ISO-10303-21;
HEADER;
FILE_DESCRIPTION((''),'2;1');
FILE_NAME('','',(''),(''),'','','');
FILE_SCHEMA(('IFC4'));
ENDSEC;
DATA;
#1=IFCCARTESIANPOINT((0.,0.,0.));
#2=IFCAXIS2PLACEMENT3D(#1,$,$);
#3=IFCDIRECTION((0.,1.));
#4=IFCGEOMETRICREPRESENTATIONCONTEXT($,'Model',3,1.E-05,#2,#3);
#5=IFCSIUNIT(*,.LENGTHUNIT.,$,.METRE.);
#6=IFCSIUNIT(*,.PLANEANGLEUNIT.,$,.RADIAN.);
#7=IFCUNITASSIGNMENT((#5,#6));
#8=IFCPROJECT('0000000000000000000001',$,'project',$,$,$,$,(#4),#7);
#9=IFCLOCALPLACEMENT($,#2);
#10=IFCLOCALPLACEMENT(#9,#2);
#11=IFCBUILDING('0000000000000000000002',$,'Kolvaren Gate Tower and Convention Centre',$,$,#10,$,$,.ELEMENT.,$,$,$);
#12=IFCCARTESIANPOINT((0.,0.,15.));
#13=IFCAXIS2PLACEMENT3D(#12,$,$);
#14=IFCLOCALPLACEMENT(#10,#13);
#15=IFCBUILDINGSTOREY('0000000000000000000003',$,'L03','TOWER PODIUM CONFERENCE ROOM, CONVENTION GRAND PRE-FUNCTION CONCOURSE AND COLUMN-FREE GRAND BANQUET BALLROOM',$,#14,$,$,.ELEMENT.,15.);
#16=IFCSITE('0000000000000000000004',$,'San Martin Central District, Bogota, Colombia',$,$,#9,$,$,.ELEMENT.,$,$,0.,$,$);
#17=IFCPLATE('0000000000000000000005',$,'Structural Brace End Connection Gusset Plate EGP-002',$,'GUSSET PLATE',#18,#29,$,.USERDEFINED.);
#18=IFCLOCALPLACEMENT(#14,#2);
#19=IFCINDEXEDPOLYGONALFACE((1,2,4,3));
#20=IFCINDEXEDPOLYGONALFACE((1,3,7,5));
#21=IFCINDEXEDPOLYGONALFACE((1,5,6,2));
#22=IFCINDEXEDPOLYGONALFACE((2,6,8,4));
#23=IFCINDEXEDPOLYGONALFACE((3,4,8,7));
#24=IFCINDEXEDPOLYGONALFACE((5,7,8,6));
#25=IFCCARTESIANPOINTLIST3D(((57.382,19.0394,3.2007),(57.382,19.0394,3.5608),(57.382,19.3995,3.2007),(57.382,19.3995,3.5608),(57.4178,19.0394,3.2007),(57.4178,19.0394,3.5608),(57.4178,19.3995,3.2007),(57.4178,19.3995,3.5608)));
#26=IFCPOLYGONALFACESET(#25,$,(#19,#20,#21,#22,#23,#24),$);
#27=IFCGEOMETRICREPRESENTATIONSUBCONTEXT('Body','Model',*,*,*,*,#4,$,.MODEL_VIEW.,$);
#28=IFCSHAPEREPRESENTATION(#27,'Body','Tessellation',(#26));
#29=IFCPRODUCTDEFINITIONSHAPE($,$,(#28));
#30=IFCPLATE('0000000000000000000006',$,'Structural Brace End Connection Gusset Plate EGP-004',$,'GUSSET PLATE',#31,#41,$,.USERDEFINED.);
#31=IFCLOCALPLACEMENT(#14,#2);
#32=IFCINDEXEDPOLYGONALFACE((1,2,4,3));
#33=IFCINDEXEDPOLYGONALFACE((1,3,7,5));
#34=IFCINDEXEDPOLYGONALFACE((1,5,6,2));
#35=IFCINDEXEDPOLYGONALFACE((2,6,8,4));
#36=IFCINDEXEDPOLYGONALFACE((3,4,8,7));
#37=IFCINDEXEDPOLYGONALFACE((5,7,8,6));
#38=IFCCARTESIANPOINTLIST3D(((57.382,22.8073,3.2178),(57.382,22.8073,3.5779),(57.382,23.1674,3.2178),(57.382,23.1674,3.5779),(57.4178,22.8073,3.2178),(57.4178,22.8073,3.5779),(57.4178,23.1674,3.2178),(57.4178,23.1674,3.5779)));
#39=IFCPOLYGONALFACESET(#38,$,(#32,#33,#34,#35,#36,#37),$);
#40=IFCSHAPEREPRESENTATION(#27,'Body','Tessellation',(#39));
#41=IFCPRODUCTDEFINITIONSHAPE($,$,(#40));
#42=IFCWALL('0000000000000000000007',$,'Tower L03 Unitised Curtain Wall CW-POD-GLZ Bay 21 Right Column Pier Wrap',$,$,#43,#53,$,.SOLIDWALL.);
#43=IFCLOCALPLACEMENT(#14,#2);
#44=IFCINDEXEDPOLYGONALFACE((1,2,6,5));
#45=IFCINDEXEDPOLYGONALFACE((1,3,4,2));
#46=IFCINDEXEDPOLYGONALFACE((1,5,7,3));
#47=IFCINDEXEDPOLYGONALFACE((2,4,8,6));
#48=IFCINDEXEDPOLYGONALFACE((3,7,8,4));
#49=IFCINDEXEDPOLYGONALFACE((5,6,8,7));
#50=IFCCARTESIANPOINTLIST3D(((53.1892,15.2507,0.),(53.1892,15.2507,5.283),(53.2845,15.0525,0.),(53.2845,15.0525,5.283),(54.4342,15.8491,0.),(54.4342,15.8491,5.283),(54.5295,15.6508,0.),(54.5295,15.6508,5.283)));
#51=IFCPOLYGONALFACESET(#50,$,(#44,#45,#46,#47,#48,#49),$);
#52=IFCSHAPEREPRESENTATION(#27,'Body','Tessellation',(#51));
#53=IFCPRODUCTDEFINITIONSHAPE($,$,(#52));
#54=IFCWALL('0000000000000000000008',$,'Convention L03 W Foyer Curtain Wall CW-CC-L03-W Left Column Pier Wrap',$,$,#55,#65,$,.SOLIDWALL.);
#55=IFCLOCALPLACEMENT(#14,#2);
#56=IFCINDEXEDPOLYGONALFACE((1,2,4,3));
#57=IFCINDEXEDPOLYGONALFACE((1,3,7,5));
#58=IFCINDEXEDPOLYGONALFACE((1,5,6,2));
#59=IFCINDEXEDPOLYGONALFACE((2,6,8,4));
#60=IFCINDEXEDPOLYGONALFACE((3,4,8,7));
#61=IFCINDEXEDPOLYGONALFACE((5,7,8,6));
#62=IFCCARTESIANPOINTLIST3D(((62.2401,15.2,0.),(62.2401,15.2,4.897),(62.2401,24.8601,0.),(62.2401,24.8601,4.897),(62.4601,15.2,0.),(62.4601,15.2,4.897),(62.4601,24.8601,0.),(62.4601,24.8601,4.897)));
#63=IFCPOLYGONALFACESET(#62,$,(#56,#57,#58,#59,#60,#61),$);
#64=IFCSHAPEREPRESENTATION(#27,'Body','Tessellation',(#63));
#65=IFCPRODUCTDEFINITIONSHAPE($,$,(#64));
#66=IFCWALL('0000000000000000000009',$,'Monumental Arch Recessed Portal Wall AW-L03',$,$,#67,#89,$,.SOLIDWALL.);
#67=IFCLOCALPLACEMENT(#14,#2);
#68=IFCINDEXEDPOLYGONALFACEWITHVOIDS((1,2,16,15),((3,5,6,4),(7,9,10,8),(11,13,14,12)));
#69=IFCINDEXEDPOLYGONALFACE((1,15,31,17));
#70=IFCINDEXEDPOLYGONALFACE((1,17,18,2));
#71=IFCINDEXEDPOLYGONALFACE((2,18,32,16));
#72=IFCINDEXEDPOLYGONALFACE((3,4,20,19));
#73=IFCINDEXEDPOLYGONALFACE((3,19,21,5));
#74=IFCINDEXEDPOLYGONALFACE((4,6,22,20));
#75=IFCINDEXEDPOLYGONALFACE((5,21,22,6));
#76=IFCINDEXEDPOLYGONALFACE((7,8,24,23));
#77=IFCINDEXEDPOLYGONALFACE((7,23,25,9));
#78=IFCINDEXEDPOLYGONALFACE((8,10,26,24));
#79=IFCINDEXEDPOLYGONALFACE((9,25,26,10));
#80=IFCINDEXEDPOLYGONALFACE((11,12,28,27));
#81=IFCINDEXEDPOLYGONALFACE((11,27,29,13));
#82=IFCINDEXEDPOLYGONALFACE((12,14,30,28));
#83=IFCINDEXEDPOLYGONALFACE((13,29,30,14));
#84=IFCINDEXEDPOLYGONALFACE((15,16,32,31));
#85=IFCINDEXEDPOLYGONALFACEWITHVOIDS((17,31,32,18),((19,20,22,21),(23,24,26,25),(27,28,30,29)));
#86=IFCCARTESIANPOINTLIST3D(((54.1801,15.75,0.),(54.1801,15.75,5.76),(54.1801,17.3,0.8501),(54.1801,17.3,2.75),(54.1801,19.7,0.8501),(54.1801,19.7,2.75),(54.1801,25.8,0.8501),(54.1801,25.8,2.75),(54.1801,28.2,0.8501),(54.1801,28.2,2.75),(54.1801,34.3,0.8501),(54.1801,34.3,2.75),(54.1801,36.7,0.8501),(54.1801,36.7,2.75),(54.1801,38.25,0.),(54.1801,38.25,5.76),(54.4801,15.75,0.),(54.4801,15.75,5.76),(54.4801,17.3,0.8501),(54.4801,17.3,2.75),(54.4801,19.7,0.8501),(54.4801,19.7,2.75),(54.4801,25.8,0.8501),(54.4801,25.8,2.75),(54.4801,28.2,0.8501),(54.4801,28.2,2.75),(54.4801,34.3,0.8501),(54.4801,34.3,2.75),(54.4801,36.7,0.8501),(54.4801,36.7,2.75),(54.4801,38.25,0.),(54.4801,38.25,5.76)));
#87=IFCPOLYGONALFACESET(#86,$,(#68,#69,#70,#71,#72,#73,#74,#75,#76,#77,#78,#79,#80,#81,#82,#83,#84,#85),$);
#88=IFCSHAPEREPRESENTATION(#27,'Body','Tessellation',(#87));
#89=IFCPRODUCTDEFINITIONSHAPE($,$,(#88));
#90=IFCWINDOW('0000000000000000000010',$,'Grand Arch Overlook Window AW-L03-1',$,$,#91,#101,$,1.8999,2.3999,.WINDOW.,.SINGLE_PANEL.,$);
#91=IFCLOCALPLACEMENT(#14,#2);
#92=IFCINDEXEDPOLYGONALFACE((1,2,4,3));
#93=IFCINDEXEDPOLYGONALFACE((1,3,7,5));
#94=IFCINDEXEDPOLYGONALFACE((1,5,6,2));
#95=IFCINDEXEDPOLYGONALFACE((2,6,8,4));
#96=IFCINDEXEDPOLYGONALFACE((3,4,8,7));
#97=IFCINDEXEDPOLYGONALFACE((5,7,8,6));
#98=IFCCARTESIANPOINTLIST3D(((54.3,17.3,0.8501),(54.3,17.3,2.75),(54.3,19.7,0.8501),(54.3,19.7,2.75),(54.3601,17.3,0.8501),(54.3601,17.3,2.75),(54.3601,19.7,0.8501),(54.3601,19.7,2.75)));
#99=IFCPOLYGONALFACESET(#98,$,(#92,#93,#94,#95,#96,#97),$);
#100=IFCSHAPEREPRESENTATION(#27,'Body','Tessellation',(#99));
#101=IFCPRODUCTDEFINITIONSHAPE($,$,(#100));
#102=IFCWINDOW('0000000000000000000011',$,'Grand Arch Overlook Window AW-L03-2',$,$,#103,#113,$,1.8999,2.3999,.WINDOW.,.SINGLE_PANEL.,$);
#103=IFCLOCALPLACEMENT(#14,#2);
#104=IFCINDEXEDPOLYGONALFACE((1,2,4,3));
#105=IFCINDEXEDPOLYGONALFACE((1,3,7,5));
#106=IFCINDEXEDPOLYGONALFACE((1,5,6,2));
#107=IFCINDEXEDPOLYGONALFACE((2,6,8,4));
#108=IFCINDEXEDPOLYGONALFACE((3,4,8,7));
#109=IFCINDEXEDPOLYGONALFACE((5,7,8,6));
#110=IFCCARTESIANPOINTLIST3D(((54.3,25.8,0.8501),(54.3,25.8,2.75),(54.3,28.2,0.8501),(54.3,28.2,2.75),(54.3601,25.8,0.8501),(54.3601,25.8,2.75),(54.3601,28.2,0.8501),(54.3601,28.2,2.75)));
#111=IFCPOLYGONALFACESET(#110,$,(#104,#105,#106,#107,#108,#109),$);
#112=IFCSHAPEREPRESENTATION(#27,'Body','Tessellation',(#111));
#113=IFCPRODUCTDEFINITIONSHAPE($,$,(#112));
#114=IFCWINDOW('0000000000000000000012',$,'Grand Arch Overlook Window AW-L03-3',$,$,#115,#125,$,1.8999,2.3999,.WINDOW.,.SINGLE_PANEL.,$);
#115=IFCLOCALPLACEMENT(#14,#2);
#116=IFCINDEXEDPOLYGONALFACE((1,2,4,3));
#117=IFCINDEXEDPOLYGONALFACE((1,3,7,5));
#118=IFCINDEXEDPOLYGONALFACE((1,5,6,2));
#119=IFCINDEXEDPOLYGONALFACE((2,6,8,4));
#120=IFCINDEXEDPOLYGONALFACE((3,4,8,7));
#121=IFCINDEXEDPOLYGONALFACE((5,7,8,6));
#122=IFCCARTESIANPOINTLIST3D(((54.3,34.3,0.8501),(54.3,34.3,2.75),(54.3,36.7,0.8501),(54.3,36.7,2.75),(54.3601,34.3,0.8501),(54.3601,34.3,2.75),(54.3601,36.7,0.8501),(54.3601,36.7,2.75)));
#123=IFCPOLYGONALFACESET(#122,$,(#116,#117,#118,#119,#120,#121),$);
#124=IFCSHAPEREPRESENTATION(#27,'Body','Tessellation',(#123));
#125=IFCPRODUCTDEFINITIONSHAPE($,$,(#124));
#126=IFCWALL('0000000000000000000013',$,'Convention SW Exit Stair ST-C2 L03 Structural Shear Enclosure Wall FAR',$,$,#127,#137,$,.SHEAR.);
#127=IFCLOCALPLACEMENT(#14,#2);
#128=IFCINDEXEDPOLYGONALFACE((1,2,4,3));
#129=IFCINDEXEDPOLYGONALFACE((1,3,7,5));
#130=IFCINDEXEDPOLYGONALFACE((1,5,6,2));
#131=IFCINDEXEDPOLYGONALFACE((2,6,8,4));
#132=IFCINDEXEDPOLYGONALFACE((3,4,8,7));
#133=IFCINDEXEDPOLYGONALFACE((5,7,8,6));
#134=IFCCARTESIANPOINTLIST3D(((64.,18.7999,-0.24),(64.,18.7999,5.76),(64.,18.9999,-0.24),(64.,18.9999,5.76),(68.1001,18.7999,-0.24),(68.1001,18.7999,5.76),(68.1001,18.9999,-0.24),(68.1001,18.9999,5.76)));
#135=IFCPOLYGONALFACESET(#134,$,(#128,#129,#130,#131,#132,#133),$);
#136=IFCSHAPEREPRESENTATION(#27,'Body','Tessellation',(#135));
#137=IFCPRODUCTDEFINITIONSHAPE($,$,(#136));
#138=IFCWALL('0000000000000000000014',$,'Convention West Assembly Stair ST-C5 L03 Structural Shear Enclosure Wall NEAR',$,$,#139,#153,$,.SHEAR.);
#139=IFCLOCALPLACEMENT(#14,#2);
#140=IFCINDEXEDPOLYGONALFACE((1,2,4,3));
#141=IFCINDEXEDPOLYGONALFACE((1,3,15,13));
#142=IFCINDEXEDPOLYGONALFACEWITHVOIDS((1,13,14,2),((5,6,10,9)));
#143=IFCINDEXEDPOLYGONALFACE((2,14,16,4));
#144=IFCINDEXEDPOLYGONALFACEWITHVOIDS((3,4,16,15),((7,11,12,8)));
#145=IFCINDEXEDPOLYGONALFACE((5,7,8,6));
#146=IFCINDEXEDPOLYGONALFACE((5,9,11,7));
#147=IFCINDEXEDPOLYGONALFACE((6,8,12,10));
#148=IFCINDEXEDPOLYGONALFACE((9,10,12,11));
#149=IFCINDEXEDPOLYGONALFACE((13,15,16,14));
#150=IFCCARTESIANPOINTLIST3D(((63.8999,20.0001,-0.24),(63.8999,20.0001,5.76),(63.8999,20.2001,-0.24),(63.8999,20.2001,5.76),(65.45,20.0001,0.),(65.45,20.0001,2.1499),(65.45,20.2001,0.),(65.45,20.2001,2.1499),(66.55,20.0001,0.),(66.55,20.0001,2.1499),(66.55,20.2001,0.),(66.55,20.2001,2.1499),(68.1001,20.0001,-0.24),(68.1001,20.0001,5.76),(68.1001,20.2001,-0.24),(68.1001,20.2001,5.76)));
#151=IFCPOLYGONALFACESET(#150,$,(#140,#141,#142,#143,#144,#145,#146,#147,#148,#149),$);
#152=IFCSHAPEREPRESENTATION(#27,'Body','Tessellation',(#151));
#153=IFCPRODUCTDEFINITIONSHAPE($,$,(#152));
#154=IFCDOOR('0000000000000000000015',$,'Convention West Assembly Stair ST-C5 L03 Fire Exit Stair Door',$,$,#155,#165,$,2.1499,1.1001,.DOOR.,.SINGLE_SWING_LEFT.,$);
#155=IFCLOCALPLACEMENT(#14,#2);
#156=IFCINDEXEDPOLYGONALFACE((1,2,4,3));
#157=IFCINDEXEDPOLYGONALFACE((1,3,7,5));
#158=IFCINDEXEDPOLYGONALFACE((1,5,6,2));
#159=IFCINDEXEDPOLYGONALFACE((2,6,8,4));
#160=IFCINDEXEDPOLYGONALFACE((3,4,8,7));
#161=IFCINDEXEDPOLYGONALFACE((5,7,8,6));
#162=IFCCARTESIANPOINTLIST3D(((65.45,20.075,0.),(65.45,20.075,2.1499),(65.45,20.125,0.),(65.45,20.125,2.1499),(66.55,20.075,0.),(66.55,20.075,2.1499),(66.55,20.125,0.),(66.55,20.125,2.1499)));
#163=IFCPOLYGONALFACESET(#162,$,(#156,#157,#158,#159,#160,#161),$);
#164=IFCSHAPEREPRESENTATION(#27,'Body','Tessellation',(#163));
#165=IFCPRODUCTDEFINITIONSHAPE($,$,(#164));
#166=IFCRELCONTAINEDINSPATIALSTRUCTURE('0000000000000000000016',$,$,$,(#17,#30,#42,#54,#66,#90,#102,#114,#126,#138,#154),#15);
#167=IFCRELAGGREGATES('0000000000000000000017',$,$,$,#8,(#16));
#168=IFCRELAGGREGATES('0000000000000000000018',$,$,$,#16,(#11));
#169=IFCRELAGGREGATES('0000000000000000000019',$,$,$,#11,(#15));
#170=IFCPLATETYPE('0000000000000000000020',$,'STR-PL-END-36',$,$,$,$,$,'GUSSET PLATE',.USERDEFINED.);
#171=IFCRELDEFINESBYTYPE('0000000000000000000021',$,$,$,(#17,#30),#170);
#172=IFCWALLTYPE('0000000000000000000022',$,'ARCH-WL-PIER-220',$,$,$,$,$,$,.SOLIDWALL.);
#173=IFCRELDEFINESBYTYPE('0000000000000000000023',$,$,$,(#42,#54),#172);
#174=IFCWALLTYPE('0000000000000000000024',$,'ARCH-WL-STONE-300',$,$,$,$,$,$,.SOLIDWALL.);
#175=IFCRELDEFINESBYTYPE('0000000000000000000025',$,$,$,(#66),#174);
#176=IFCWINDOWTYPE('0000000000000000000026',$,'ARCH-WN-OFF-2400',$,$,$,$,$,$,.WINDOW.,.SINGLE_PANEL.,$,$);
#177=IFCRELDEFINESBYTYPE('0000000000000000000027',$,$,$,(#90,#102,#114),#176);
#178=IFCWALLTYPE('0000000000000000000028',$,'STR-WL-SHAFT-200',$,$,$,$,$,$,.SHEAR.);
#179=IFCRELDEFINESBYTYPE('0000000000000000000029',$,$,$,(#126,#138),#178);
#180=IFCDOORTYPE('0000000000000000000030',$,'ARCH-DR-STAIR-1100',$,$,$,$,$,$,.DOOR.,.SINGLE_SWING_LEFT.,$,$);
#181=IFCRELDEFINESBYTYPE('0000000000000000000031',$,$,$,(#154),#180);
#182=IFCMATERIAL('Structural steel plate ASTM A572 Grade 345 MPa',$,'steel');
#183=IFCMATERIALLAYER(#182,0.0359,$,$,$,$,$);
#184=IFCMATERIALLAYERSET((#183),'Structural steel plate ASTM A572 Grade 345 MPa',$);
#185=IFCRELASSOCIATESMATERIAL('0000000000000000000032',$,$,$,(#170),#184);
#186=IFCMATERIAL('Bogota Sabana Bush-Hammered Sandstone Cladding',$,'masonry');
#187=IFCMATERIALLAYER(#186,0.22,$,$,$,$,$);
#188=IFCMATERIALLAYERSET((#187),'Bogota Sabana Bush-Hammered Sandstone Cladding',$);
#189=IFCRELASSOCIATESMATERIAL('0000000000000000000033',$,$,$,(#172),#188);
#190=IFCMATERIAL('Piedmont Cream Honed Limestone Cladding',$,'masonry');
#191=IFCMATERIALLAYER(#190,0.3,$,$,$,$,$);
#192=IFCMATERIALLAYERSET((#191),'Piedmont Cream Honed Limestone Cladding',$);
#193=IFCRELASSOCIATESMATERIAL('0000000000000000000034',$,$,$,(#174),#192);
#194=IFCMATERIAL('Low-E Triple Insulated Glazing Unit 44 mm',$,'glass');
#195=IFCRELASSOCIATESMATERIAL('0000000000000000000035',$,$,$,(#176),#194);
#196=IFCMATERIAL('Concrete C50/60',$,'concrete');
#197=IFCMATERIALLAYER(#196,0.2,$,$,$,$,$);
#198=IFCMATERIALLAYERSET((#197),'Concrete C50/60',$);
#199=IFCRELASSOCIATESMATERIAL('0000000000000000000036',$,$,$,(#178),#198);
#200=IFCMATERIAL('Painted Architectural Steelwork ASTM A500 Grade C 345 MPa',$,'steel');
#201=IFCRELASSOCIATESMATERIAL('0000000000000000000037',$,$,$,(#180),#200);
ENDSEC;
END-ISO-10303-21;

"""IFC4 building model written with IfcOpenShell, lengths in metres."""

from ifc_helpers import new_model, si_unit, direction, frame, frame_2d, origin, origin_2d, place, context, subcontext, project, spatial, rectangle, extrude, material, layer, layer_set, type_object, element, fill, save


model = new_model("IFC4")

# Units and contexts
model_context = context("Model", 3, precision=1e-05, world=origin(), true_north=direction((0.0, 1.0)))
body_context = subcontext(model_context, "Body", "Model", "MODEL_VIEW")
ifc_project = project(units=[si_unit("LENGTHUNIT", "METRE"), si_unit("PLANEANGLEUNIT", "RADIAN")], contexts=[model_context])

# Site, building, storey
site_placement = place(None, origin())
site = spatial("IfcSite", under=ifc_project, at=site_placement, Name="San Martin Central District, Bogota, Colombia", CompositionType="ELEMENT", RefElevation=0.0)
building_placement = place(site_placement, origin())
building = spatial("IfcBuilding", under=site, at=building_placement, Name="Kolvaren Gate Tower and Convention Centre", CompositionType="ELEMENT")
storey_placement = place(building_placement, frame((0.0, 0.0, 15.0)))
storey = spatial("IfcBuildingStorey", under=building, at=storey_placement, Name="L03", Description="TOWER PODIUM CONFERENCE ROOM, CONVENTION GRAND PRE-FUNCTION CONCOURSE AND COLUMN-FREE GRAND BANQUET BALLROOM", CompositionType="ELEMENT", Elevation=15.0)

# Shared definitions
ifc_material_1 = material(Name="Low-E Triple Insulated Glazing Unit 44 mm", Category="glass")

# Plates
ifc_material_2 = material(Name="Structural steel plate ASTM A572 Grade 345 MPa", Category="steel")
ifc_layer_1 = layer(ifc_material_2, 0.0359)
ifc_layer_set_1 = layer_set([ifc_layer_1], Name="Structural steel plate ASTM A572 Grade 345 MPa")
plate_type_1 = type_object("IfcPlateType", Name="STR-PL-END-36", ElementType="GUSSET PLATE", PredefinedType="USERDEFINED", material=ifc_layer_set_1)
for number, where, z_axis, x_axis, name in (
    (1, (57.3999, 19.2195, 3.2007), (0.0, 0.0, 1.0), (0.0, 1.0, 0.0), "Structural Brace End Connection Gusset Plate EGP-002"),
    (2, (57.3999, 22.9873, 3.2178), (0.0, 0.0, 1.0), (0.0, 1.0, 0.0), "Structural Brace End Connection Gusset Plate EGP-004"),
):
    element("IfcPlate", number, at=place(storey_placement, frame(where, z_axis=z_axis, x_axis=x_axis)), inside=storey, type_object=plate_type_1, Name=name, ObjectType="GUSSET PLATE", PredefinedType="USERDEFINED", context=body_context, shape_type="SweptSolid", body=[
        extrude(rectangle(XDim=0.3601, YDim=0.0359, at=origin_2d()), origin(), (0.0, 0.0, 1.0), 0.3601),
    ])

# Walls
ifc_material_3 = material(Name="Bogota Sabana Bush-Hammered Sandstone Cladding", Category="masonry")
ifc_layer_2 = layer(ifc_material_3, 0.22)
ifc_layer_set_2 = layer_set([ifc_layer_2], Name="Bogota Sabana Bush-Hammered Sandstone Cladding")
wall_type_1 = type_object("IfcWallType", Name="ARCH-WL-PIER-220", PredefinedType="SOLIDWALL", material=ifc_layer_set_2)
wall_1_placement = place(storey_placement, frame((53.2368, 15.1516, 0.0), z_axis=(0.0, 0.0, 1.0), x_axis=(0.901316, 0.433162, 0.0)))
element("IfcWall", 3, at=wall_1_placement, inside=storey, type_object=wall_type_1, Name="Tower L03 Unitised Curtain Wall CW-POD-GLZ Bay 21 Right Column Pier Wrap", PredefinedType="SOLIDWALL", context=body_context, shape_type="SweptSolid", body=[
    extrude(rectangle(XDim=1.3813, YDim=0.22, at=frame_2d((0.6907, 0.0))), origin(), (0.0, 0.0, 1.0), 5.283),
])
wall_2_placement = place(storey_placement, frame((62.3501, 15.2, 0.0), z_axis=(0.0, 0.0, 1.0), x_axis=(0.0, 1.0, 0.0)))
element("IfcWall", 4, at=wall_2_placement, inside=storey, type_object=wall_type_1, Name="Convention L03 W Foyer Curtain Wall CW-CC-L03-W Left Column Pier Wrap", PredefinedType="SOLIDWALL", context=body_context, shape_type="SweptSolid", body=[
    extrude(rectangle(XDim=9.6602, YDim=0.22, at=frame_2d((4.8301, 0.0))), origin(), (0.0, 0.0, 1.0), 4.897),
])

# Wall, openings, windows
ifc_material_4 = material(Name="Piedmont Cream Honed Limestone Cladding", Category="masonry")
ifc_layer_3 = layer(ifc_material_4, 0.3)
ifc_layer_set_3 = layer_set([ifc_layer_3], Name="Piedmont Cream Honed Limestone Cladding")
wall_type_2 = type_object("IfcWallType", Name="ARCH-WL-STONE-300", PredefinedType="SOLIDWALL", material=ifc_layer_set_3)
wall_3_placement = place(storey_placement, frame((54.3301, 15.75, 0.0), z_axis=(0.0, 0.0, 1.0), x_axis=(0.0, 1.0, 0.0)))
wall_3 = element("IfcWall", 5, at=wall_3_placement, inside=storey, type_object=wall_type_2, Name="Monumental Arch Recessed Portal Wall AW-L03", PredefinedType="SOLIDWALL", context=body_context, shape_type="SweptSolid", body=[
    extrude(rectangle(XDim=22.5, YDim=0.3, at=frame_2d((11.25, 0.0))), origin(), (0.0, 0.0, 1.0), 5.76),
])
opening_1_placement = place(wall_3_placement, frame((1.55, 0.0, 0.8501)))
opening_1 = element("IfcOpeningElement", 6, at=opening_1_placement, cuts=wall_3, PredefinedType="OPENING", context=body_context, shape_type="SweptSolid", body=[
    extrude(rectangle(XDim=2.3999, YDim=1.8999, at=frame_2d((1.2, 0.95))), frame((0.0, 0.1599, 0.0), z_axis=(0.0, -1.0, 0.0), x_axis=(1.0, 0.0, 0.0)), (0.0, 0.0, 1.0), 0.3201),
])
opening_2_placement = place(wall_3_placement, frame((10.05, 0.0, 0.8501)))
opening_2 = element("IfcOpeningElement", 7, at=opening_2_placement, cuts=wall_3, PredefinedType="OPENING", context=body_context, shape_type="SweptSolid", body=[
    extrude(rectangle(XDim=2.3999, YDim=1.8999, at=frame_2d((1.2, 0.95))), frame((0.0, 0.1599, 0.0), z_axis=(0.0, -1.0, 0.0), x_axis=(1.0, 0.0, 0.0)), (0.0, 0.0, 1.0), 0.3201),
])
opening_3_placement = place(wall_3_placement, frame((18.55, 0.0, 0.8501)))
opening_3 = element("IfcOpeningElement", 8, at=opening_3_placement, cuts=wall_3, PredefinedType="OPENING", context=body_context, shape_type="SweptSolid", body=[
    extrude(rectangle(XDim=2.3999, YDim=1.8999, at=frame_2d((1.2, 0.95))), frame((0.0, 0.1599, 0.0), z_axis=(0.0, -1.0, 0.0), x_axis=(1.0, 0.0, 0.0)), (0.0, 0.0, 1.0), 0.3201),
])
window_type = type_object("IfcWindowType", Name="ARCH-WN-OFF-2400", PartitioningType="SINGLE_PANEL", PredefinedType="WINDOW", material=ifc_material_1)
window_1_placement = place(opening_1_placement, origin())
window_1 = element("IfcWindow", 9, at=window_1_placement, inside=storey, type_object=window_type, Name="Grand Arch Overlook Window AW-L03-1", OverallHeight=1.8999, OverallWidth=2.3999, PartitioningType="SINGLE_PANEL", PredefinedType="WINDOW", context=body_context, shape_type="SweptSolid", body=[
    extrude(rectangle(XDim=2.3999, YDim=1.8999, at=frame_2d((1.2, 0.95))), frame((0.0, 0.03, 0.0), z_axis=(0.0, -1.0, 0.0), x_axis=(1.0, 0.0, 0.0)), (0.0, 0.0, 1.0), 0.0601),
])
fill(opening_1, window_1)
window_2_placement = place(opening_2_placement, origin())
window_2 = element("IfcWindow", 10, at=window_2_placement, inside=storey, type_object=window_type, Name="Grand Arch Overlook Window AW-L03-2", OverallHeight=1.8999, OverallWidth=2.3999, PartitioningType="SINGLE_PANEL", PredefinedType="WINDOW", context=body_context, shape_type="SweptSolid", body=[
    extrude(rectangle(XDim=2.3999, YDim=1.8999, at=frame_2d((1.2, 0.95))), frame((0.0, 0.03, 0.0), z_axis=(0.0, -1.0, 0.0), x_axis=(1.0, 0.0, 0.0)), (0.0, 0.0, 1.0), 0.0601),
])
fill(opening_2, window_2)
window_3_placement = place(opening_3_placement, origin())
window_3 = element("IfcWindow", 11, at=window_3_placement, inside=storey, type_object=window_type, Name="Grand Arch Overlook Window AW-L03-3", OverallHeight=1.8999, OverallWidth=2.3999, PartitioningType="SINGLE_PANEL", PredefinedType="WINDOW", context=body_context, shape_type="SweptSolid", body=[
    extrude(rectangle(XDim=2.3999, YDim=1.8999, at=frame_2d((1.2, 0.95))), frame((0.0, 0.03, 0.0), z_axis=(0.0, -1.0, 0.0), x_axis=(1.0, 0.0, 0.0)), (0.0, 0.0, 1.0), 0.0601),
])
fill(opening_3, window_3)

# Wall
ifc_material_5 = material(Name="Concrete C50/60", Category="concrete")
ifc_layer_4 = layer(ifc_material_5, 0.2)
ifc_layer_set_4 = layer_set([ifc_layer_4], Name="Concrete C50/60")
wall_type_3 = type_object("IfcWallType", Name="STR-WL-SHAFT-200", PredefinedType="SHEAR", material=ifc_layer_set_4)
wall_4_placement = place(storey_placement, frame((64.0, 18.8999, -0.24), z_axis=(0.0, 0.0, 1.0), x_axis=(1.0, 0.0, 0.0)))
element("IfcWall", 12, at=wall_4_placement, inside=storey, type_object=wall_type_3, Name="Convention SW Exit Stair ST-C2 L03 Structural Shear Enclosure Wall FAR", PredefinedType="SHEAR", context=body_context, shape_type="SweptSolid", body=[
    extrude(rectangle(XDim=4.1001, YDim=0.2, at=frame_2d((2.05, 0.0))), origin(), (0.0, 0.0, 1.0), 6.0),
])

# Wall, opening, door
wall_5_placement = place(storey_placement, frame((63.8999, 20.1001, -0.24), z_axis=(0.0, 0.0, 1.0), x_axis=(1.0, 0.0, 0.0)))
wall_5 = element("IfcWall", 13, at=wall_5_placement, inside=storey, type_object=wall_type_3, Name="Convention West Assembly Stair ST-C5 L03 Structural Shear Enclosure Wall NEAR", PredefinedType="SHEAR", context=body_context, shape_type="SweptSolid", body=[
    extrude(rectangle(XDim=4.2002, YDim=0.2, at=frame_2d((2.1001, 0.0))), origin(), (0.0, 0.0, 1.0), 6.0),
])
opening_4_placement = place(wall_5_placement, frame((1.55, 0.0, 0.24)))
opening_4 = element("IfcOpeningElement", 14, at=opening_4_placement, cuts=wall_5, PredefinedType="OPENING", context=body_context, shape_type="SweptSolid", body=[
    extrude(rectangle(XDim=1.1001, YDim=2.1499, at=frame_2d((0.55, 1.075))), frame((0.0, 0.1099, 0.0), z_axis=(0.0, -1.0, 0.0), x_axis=(1.0, 0.0, 0.0)), (0.0, 0.0, 1.0), 0.22),
])
ifc_material_6 = material(Name="Painted Architectural Steelwork ASTM A500 Grade C 345 MPa", Category="steel")
door_type = type_object("IfcDoorType", Name="ARCH-DR-STAIR-1100", OperationType="SINGLE_SWING_LEFT", PredefinedType="DOOR", material=ifc_material_6)
door_placement = place(opening_4_placement, origin())
door = element("IfcDoor", 15, at=door_placement, inside=storey, type_object=door_type, Name="Convention West Assembly Stair ST-C5 L03 Fire Exit Stair Door", OperationType="SINGLE_SWING_LEFT", OverallHeight=2.1499, OverallWidth=1.1001, PredefinedType="DOOR", context=body_context, shape_type="SweptSolid", body=[
    extrude(rectangle(XDim=1.1001, YDim=2.1499, at=frame_2d((0.55, 1.075))), frame((0.0, 0.0249, 0.0), z_axis=(0.0, -1.0, 0.0), x_axis=(1.0, 0.0, 0.0)), (0.0, 0.0, 1.0), 0.05),
])
fill(opening_4, door)

save(model, "model.ifc")
